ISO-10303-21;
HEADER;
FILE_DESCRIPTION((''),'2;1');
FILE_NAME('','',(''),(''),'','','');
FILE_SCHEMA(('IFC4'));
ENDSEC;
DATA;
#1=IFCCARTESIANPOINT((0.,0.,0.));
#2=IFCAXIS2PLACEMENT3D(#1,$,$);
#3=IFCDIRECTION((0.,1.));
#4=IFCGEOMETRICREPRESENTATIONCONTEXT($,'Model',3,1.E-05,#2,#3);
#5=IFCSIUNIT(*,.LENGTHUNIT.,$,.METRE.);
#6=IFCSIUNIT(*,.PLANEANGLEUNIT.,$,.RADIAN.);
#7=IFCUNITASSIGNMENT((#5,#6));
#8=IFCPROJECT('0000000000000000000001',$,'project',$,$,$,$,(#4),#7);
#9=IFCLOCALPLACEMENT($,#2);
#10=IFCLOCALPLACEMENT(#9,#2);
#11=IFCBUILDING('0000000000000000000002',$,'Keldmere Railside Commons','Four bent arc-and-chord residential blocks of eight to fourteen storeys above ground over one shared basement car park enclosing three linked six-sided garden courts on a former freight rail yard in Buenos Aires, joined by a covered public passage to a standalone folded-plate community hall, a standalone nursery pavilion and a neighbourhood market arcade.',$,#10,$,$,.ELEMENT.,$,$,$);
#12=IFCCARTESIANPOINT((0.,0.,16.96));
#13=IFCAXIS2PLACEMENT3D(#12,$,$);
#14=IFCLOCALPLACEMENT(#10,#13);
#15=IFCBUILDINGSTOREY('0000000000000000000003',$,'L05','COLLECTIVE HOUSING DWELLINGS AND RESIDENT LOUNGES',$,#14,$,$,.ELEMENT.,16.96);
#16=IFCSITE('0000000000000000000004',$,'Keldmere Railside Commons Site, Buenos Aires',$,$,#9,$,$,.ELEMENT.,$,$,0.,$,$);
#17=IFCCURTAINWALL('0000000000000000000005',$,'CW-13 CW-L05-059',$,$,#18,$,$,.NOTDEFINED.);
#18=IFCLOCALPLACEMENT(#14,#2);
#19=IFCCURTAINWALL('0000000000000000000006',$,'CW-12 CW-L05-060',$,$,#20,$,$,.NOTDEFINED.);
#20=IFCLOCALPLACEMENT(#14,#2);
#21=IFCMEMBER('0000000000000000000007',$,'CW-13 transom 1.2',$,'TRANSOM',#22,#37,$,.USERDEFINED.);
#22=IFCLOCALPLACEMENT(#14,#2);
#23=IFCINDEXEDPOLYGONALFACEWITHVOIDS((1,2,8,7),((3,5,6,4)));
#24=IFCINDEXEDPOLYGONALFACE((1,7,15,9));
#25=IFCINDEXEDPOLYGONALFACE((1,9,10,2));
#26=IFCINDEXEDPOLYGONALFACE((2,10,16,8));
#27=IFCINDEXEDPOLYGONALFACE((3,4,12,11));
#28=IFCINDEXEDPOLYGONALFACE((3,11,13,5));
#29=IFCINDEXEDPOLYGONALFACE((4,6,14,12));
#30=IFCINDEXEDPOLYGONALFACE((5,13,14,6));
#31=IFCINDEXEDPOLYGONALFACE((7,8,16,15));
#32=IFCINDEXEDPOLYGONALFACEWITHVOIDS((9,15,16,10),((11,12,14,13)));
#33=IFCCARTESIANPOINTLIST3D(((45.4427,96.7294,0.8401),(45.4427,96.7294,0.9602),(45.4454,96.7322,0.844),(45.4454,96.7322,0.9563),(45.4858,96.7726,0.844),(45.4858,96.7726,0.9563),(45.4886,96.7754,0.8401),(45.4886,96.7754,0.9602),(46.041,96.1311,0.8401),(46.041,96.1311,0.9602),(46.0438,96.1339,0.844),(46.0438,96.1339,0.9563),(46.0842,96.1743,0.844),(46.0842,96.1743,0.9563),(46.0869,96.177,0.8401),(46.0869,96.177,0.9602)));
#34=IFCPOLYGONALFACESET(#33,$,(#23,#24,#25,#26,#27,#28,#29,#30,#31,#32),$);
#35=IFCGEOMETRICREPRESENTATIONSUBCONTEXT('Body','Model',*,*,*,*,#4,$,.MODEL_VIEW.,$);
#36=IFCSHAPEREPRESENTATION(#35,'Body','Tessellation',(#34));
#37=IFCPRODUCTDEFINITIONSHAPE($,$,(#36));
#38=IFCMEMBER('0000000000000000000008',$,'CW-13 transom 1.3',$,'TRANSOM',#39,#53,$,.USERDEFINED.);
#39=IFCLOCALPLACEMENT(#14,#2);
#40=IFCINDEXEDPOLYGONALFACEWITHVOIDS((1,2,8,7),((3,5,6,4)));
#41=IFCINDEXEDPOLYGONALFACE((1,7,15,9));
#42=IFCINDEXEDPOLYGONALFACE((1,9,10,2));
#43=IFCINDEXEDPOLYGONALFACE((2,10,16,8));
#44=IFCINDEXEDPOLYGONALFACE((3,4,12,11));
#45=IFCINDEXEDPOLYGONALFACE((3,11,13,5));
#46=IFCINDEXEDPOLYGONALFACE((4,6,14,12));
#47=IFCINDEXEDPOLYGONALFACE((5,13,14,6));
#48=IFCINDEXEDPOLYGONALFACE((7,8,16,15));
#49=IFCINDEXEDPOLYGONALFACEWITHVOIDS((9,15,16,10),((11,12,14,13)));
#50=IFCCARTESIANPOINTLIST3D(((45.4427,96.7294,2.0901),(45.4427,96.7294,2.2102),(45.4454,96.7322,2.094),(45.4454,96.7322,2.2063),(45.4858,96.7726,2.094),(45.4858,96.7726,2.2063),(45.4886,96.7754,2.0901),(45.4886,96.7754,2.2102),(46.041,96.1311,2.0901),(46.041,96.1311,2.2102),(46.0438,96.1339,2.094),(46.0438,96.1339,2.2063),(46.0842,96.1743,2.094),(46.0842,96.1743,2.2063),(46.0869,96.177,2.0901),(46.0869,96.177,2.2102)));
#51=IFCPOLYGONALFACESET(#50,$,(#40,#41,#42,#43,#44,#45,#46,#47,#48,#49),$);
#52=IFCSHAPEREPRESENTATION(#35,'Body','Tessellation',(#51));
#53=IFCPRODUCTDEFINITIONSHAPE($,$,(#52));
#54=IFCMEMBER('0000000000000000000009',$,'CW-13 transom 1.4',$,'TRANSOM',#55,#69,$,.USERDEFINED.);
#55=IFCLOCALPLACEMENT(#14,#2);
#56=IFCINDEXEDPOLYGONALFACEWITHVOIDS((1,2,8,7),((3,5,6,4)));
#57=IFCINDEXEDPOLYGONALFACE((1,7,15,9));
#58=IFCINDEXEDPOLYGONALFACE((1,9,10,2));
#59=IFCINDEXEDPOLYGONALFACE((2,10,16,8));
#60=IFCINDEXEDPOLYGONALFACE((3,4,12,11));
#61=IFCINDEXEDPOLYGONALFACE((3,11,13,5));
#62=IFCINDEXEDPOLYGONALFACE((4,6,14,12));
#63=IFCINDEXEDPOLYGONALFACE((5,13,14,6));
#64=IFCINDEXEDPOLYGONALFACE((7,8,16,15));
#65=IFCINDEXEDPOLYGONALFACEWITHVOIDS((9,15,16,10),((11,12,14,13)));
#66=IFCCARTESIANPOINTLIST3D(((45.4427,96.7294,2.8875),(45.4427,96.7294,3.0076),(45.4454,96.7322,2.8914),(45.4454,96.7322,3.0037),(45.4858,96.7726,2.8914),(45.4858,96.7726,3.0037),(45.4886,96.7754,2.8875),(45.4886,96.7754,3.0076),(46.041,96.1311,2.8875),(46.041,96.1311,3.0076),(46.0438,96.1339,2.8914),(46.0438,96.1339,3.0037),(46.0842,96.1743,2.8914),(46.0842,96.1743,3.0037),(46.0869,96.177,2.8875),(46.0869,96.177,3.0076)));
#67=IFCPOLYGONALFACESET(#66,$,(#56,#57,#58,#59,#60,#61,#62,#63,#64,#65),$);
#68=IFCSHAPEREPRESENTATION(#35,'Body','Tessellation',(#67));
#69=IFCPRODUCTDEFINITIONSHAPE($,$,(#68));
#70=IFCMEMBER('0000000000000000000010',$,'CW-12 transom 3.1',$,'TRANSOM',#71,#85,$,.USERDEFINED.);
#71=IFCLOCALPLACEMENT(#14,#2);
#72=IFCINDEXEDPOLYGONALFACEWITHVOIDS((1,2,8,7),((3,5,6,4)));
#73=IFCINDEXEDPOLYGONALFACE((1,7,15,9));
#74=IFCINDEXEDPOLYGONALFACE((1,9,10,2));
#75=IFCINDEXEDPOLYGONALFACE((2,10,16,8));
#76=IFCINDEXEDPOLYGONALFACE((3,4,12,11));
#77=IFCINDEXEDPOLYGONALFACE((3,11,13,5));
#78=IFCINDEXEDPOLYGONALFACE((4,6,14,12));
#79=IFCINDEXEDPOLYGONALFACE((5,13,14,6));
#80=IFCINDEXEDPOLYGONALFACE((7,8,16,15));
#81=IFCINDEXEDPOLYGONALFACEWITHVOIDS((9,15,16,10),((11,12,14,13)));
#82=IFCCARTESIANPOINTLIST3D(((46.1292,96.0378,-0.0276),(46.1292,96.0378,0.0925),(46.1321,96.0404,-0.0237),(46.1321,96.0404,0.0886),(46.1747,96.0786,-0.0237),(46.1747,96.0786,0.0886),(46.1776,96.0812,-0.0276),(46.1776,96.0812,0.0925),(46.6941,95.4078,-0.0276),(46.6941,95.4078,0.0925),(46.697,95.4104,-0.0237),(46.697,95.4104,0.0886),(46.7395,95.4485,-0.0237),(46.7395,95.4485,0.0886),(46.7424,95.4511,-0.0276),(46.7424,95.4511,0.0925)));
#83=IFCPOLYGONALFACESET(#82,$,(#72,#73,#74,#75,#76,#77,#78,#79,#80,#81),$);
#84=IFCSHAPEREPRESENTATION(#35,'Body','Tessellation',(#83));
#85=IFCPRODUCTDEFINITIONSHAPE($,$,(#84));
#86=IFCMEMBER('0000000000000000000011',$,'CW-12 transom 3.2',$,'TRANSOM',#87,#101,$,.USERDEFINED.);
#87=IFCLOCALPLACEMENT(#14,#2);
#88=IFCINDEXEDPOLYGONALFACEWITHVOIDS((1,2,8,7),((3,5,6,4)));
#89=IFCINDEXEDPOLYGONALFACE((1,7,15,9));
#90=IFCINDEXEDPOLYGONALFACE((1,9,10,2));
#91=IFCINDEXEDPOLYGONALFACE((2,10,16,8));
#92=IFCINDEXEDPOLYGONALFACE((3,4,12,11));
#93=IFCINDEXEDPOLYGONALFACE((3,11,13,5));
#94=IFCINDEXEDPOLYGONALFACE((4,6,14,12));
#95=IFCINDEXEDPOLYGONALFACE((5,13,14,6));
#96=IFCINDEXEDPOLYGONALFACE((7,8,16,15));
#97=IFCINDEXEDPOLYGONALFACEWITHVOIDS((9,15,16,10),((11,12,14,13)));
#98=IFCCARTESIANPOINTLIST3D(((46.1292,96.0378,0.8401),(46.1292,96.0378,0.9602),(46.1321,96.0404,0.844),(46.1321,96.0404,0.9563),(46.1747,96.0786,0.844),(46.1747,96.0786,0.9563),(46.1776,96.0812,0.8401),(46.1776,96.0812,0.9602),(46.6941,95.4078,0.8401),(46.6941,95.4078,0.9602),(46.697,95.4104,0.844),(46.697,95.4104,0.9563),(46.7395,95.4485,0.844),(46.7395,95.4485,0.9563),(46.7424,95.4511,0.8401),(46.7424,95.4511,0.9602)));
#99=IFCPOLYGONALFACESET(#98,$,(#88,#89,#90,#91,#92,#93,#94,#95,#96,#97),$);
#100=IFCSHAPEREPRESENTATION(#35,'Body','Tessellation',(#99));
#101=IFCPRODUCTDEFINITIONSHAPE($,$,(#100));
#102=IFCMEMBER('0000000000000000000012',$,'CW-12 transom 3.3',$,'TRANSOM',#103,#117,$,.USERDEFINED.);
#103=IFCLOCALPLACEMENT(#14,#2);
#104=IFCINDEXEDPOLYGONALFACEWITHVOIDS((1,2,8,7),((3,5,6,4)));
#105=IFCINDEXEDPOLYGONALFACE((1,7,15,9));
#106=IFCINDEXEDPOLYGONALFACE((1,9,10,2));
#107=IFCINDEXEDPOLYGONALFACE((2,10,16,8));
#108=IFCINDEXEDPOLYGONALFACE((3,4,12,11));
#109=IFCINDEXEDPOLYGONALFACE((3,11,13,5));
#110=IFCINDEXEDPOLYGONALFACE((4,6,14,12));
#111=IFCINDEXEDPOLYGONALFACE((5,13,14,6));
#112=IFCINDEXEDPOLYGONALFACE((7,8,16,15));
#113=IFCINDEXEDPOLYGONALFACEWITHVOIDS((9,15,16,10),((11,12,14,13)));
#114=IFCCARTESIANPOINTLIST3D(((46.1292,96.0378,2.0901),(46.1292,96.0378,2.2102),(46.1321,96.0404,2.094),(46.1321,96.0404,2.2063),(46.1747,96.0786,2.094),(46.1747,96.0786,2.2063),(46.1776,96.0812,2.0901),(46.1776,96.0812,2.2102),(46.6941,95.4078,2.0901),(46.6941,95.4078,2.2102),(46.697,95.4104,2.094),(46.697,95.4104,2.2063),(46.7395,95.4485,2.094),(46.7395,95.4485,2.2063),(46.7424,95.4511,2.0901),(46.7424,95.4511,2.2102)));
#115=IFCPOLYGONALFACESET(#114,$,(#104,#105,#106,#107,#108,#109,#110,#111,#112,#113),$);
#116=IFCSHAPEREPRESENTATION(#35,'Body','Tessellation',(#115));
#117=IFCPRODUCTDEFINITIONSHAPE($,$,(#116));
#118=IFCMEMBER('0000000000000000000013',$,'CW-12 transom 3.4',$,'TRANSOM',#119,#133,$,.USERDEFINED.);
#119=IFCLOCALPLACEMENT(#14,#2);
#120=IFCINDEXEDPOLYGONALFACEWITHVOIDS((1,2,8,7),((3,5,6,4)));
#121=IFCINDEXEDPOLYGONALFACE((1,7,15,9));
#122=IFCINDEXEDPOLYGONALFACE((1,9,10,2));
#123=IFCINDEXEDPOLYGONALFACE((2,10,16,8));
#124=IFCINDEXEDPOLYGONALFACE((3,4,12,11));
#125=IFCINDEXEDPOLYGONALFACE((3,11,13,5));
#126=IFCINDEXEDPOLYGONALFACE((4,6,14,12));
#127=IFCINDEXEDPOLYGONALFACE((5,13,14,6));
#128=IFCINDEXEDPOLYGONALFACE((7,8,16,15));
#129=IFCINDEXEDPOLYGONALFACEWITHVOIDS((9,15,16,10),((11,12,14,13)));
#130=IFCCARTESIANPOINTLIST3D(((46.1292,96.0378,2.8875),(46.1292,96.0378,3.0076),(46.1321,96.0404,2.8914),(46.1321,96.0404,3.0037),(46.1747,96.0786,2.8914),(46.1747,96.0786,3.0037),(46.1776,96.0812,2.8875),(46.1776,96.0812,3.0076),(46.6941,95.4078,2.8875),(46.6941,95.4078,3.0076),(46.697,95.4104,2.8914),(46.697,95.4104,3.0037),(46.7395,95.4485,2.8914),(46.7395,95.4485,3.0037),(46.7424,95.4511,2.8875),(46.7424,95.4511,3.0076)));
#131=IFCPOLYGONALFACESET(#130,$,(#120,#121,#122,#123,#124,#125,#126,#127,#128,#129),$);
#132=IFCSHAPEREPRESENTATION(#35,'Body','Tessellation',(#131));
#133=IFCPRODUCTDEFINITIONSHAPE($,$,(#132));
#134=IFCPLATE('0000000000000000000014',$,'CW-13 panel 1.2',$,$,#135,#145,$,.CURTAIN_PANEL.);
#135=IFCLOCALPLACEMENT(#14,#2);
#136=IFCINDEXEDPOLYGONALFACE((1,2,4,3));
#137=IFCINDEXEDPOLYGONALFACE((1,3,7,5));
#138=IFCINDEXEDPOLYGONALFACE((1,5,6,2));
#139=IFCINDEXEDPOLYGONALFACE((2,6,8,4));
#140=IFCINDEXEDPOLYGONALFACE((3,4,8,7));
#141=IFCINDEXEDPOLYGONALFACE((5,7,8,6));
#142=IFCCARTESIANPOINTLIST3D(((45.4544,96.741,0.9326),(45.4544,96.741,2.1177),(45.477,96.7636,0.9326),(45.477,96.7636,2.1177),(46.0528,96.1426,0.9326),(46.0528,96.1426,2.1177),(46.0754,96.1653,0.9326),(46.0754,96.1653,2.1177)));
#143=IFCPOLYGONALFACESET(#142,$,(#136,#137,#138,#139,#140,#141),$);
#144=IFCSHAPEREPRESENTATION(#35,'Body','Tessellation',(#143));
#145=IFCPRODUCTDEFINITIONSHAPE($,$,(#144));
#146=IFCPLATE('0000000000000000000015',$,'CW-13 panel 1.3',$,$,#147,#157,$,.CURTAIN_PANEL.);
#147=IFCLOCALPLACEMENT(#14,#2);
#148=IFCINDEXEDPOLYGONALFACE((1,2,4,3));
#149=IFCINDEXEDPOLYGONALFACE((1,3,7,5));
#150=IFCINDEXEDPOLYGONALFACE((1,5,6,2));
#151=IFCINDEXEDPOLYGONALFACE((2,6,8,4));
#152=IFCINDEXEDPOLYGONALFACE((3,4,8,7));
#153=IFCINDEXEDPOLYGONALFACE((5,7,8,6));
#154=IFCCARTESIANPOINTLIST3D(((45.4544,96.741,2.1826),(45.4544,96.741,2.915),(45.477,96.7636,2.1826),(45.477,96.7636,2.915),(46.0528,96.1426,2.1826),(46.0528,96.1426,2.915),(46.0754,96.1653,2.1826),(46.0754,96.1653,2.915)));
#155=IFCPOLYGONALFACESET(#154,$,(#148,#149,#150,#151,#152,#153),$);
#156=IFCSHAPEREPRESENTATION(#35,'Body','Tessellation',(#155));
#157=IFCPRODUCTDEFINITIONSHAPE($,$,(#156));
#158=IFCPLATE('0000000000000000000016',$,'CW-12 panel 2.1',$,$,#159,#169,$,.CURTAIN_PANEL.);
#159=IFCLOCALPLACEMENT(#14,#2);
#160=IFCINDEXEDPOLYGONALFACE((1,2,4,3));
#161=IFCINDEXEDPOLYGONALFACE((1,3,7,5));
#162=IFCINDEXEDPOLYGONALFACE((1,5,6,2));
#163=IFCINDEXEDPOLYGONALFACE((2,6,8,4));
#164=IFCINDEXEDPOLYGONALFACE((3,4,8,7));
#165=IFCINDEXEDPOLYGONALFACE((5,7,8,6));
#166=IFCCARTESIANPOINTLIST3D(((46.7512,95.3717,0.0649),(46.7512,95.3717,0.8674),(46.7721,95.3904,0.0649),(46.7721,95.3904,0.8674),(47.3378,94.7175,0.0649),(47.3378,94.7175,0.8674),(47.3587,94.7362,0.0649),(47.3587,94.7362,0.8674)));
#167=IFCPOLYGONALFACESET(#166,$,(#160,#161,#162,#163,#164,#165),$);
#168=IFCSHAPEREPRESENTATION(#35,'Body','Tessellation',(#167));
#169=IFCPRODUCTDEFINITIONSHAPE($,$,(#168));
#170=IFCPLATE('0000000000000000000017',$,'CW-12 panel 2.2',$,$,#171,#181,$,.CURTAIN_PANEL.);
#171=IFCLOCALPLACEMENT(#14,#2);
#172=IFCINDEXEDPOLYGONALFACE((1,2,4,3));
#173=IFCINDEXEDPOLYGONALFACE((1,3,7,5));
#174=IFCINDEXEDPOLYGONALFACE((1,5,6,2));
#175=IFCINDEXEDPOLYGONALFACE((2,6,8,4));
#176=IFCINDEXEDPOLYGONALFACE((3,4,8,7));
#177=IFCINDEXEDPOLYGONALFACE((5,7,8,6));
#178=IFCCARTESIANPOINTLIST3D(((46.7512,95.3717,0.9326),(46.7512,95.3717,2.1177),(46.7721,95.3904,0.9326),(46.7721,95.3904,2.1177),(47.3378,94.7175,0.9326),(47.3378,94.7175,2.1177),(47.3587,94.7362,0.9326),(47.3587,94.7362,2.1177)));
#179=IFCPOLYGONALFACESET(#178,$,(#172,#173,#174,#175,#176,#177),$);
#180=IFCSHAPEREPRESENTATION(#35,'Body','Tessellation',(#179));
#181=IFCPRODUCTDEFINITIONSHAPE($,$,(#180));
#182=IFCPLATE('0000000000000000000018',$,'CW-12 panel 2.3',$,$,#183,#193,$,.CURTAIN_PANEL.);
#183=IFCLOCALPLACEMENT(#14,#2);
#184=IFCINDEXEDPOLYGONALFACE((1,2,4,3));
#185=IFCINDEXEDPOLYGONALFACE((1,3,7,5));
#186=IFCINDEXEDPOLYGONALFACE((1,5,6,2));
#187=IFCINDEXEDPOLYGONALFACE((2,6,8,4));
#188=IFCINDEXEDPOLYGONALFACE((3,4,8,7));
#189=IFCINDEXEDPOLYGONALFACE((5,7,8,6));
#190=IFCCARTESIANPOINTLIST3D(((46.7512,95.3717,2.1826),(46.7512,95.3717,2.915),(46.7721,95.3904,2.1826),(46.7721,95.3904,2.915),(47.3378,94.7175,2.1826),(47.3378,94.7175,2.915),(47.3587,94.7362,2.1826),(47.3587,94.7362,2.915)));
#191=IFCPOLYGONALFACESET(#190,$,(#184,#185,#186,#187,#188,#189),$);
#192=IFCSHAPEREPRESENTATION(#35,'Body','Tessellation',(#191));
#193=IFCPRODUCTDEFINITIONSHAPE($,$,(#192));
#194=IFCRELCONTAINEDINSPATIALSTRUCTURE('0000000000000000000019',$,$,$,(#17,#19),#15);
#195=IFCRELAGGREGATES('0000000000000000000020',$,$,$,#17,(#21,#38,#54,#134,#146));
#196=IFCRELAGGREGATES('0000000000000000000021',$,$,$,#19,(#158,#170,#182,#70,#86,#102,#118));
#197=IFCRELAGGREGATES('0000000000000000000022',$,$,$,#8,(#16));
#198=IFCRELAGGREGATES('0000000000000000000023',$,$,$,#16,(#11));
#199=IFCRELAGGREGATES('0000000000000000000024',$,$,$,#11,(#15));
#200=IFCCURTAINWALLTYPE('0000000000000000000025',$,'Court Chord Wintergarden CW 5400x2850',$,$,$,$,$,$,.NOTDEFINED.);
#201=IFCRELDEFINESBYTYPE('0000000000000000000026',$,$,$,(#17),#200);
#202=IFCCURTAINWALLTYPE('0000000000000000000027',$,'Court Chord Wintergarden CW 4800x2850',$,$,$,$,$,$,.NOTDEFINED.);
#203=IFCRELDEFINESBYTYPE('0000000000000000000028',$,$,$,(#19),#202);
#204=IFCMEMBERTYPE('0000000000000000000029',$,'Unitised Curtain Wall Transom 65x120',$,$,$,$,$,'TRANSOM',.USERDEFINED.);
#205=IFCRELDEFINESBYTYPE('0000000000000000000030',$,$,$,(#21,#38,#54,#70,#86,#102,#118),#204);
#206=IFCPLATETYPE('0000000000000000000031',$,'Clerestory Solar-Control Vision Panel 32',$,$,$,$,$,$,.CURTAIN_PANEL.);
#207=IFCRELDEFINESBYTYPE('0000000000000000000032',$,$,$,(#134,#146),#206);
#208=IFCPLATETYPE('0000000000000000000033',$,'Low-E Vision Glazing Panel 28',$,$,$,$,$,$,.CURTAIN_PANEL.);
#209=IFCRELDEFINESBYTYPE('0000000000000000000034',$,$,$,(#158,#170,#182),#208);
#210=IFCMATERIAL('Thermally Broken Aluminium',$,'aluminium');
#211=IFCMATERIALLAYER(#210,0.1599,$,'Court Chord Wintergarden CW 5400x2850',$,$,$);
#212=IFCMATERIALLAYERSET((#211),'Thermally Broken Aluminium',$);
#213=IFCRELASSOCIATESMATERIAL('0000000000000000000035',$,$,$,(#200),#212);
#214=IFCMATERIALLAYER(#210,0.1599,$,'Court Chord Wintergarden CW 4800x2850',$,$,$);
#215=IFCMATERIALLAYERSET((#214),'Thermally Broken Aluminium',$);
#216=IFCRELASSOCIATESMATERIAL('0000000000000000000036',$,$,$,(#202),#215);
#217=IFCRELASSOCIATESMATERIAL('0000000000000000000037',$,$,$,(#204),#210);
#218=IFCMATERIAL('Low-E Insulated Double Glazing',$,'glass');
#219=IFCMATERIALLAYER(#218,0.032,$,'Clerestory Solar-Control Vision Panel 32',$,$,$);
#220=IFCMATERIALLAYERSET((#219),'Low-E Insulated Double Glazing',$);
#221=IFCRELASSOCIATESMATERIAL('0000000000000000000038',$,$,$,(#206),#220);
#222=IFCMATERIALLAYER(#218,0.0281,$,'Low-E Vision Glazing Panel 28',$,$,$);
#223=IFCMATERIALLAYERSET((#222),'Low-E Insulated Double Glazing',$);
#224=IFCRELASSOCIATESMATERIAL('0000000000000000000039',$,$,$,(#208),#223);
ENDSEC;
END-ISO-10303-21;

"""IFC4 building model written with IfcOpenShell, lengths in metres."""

from ifc_helpers import new_model, si_unit, direction, frame, origin, origin_2d, place, context, subcontext, project, spatial, rectangle, hollow_rectangle, extrude, material, layer, layer_set, material_profile, profile_set, type_object, element, aggregate, save


model = new_model("IFC4")

# Units and contexts
model_context = context("Model", 3, precision=1e-05, world=origin(), true_north=direction((0.0, 1.0)))
body_context = subcontext(model_context, "Body", "Model", "MODEL_VIEW")
ifc_project = project(units=[si_unit("LENGTHUNIT", "METRE"), si_unit("PLANEANGLEUNIT", "RADIAN")], contexts=[model_context])

# Site, building, storey
site_placement = place(None, origin())
site = spatial("IfcSite", under=ifc_project, at=site_placement, Name="Keldmere Railside Commons Site, Buenos Aires", CompositionType="ELEMENT", RefElevation=0.0)
building_placement = place(site_placement, origin())
building = spatial("IfcBuilding", under=site, at=building_placement, Name="Keldmere Railside Commons", Description="Four bent arc-and-chord residential blocks of eight to fourteen storeys above ground over one shared basement car park enclosing three linked six-sided garden courts on a former freight rail yard in Buenos Aires, joined by a covered public passage to a standalone folded-plate community hall, a standalone nursery pavilion and a neighbourhood market arcade.", CompositionType="ELEMENT")
storey_placement = place(building_placement, frame((0.0, 0.0, 16.96)))
storey = spatial("IfcBuildingStorey", under=building, at=storey_placement, Name="L05", Description="COLLECTIVE HOUSING DWELLINGS AND RESIDENT LOUNGES", CompositionType="ELEMENT", Elevation=16.96)

# Curtain wall
ifc_material_1 = material(Name="Thermally Broken Aluminium", Category="aluminium")
ifc_layer_1 = layer(ifc_material_1, 0.1599, Name="Court Chord Wintergarden CW 5400x2850")
ifc_layer_set_1 = layer_set([ifc_layer_1], Name="Thermally Broken Aluminium")
curtain_wall_type_1 = type_object("IfcCurtainWallType", Name="Court Chord Wintergarden CW 5400x2850", PredefinedType="NOTDEFINED", material=ifc_layer_set_1)
curtain_wall_1_placement = place(storey_placement, origin())
curtain_wall_1 = element("IfcCurtainWall", 1, at=curtain_wall_1_placement, inside=storey, type_object=curtain_wall_type_1, Name="CW-13 CW-L05-059", PredefinedType="NOTDEFINED")

# Curtain wall
ifc_layer_2 = layer(ifc_material_1, 0.1599, Name="Court Chord Wintergarden CW 4800x2850")
ifc_layer_set_2 = layer_set([ifc_layer_2], Name="Thermally Broken Aluminium")
curtain_wall_type_2 = type_object("IfcCurtainWallType", Name="Court Chord Wintergarden CW 4800x2850", PredefinedType="NOTDEFINED", material=ifc_layer_set_2)
curtain_wall_2_placement = place(storey_placement, origin())
curtain_wall_2 = element("IfcCurtainWall", 2, at=curtain_wall_2_placement, inside=storey, type_object=curtain_wall_type_2, Name="CW-12 CW-L05-060", PredefinedType="NOTDEFINED")

# Members
ifc_material_profile_1 = material_profile(ifc_material_1, hollow_rectangle(XDim=0.0649, YDim=0.1201, WallThickness=0.0039, at=origin_2d()), Name="ALU-TRAN-65x120")
ifc_profile_set_1 = profile_set([ifc_material_profile_1], Name="Thermally Broken Aluminium")
member_type_1 = type_object("IfcMemberType", Name="Unitised Curtain Wall Transom 65x120", ElementType="TRANSOM", PredefinedType="USERDEFINED", material=ifc_profile_set_1)
member_1_placement = place(storey_placement, frame((46.064, 96.1541, 0.9001), z_axis=(-0.707107, 0.707107, 0.0), x_axis=(-0.707107, -0.707107, 0.0)))
member_1 = element("IfcMember", 3, at=member_1_placement, type_object=member_type_1, Name="CW-13 transom 1.2", ObjectType="TRANSOM", PredefinedType="USERDEFINED", context=body_context, shape_type="SweptSolid", body=[
    extrude(hollow_rectangle(XDim=0.0649, YDim=0.1201, WallThickness=0.0039, at=origin_2d()), origin(), (0.0, 0.0, 1.0), 0.8462),
])
member_2_placement = place(storey_placement, frame((46.064, 96.1541, 2.1501), z_axis=(-0.707107, 0.707107, 0.0), x_axis=(-0.707107, -0.707107, 0.0)))
member_2 = element("IfcMember", 4, at=member_2_placement, type_object=member_type_1, Name="CW-13 transom 1.3", ObjectType="TRANSOM", PredefinedType="USERDEFINED", context=body_context, shape_type="SweptSolid", body=[
    extrude(hollow_rectangle(XDim=0.0649, YDim=0.1201, WallThickness=0.0039, at=origin_2d()), origin(), (0.0, 0.0, 1.0), 0.8462),
])
member_3_placement = place(storey_placement, frame((46.064, 96.1541, 2.9475), z_axis=(-0.707107, 0.707107, 0.0), x_axis=(-0.707107, -0.707107, 0.0)))
member_3 = element("IfcMember", 5, at=member_3_placement, type_object=member_type_1, Name="CW-13 transom 1.4", ObjectType="TRANSOM", PredefinedType="USERDEFINED", context=body_context, shape_type="SweptSolid", body=[
    extrude(hollow_rectangle(XDim=0.0649, YDim=0.1201, WallThickness=0.0039, at=origin_2d()), origin(), (0.0, 0.0, 1.0), 0.8462),
])
member_4_placement = place(storey_placement, frame((46.7183, 95.4294, 0.0325), z_axis=(-0.667545, 0.744569, 0.0), x_axis=(-0.744569, -0.667545, 0.0)))
member_4 = element("IfcMember", 6, at=member_4_placement, type_object=member_type_1, Name="CW-12 transom 3.1", ObjectType="TRANSOM", PredefinedType="USERDEFINED", context=body_context, shape_type="SweptSolid", body=[
    extrude(hollow_rectangle(XDim=0.0649, YDim=0.1201, WallThickness=0.0039, at=origin_2d()), origin(), (0.0, 0.0, 1.0), 0.8462),
])
member_5_placement = place(storey_placement, frame((46.7183, 95.4294, 0.9001), z_axis=(-0.667545, 0.744569, 0.0), x_axis=(-0.744569, -0.667545, 0.0)))
member_5 = element("IfcMember", 7, at=member_5_placement, type_object=member_type_1, Name="CW-12 transom 3.2", ObjectType="TRANSOM", PredefinedType="USERDEFINED", context=body_context, shape_type="SweptSolid", body=[
    extrude(hollow_rectangle(XDim=0.0649, YDim=0.1201, WallThickness=0.0039, at=origin_2d()), origin(), (0.0, 0.0, 1.0), 0.8462),
])
member_6_placement = place(storey_placement, frame((46.7183, 95.4294, 2.1501), z_axis=(-0.667545, 0.744569, 0.0), x_axis=(-0.744569, -0.667545, 0.0)))
member_6 = element("IfcMember", 8, at=member_6_placement, type_object=member_type_1, Name="CW-12 transom 3.3", ObjectType="TRANSOM", PredefinedType="USERDEFINED", context=body_context, shape_type="SweptSolid", body=[
    extrude(hollow_rectangle(XDim=0.0649, YDim=0.1201, WallThickness=0.0039, at=origin_2d()), origin(), (0.0, 0.0, 1.0), 0.8462),
])
member_7_placement = place(storey_placement, frame((46.7183, 95.4294, 2.9475), z_axis=(-0.667545, 0.744569, 0.0), x_axis=(-0.744569, -0.667545, 0.0)))
member_7 = element("IfcMember", 9, at=member_7_placement, type_object=member_type_1, Name="CW-12 transom 3.4", ObjectType="TRANSOM", PredefinedType="USERDEFINED", context=body_context, shape_type="SweptSolid", body=[
    extrude(hollow_rectangle(XDim=0.0649, YDim=0.1201, WallThickness=0.0039, at=origin_2d()), origin(), (0.0, 0.0, 1.0), 0.8462),
])

# Plates
ifc_material_2 = material(Name="Low-E Insulated Double Glazing", Category="glass")
ifc_layer_3 = layer(ifc_material_2, 0.032, Name="Clerestory Solar-Control Vision Panel 32")
ifc_layer_set_3 = layer_set([ifc_layer_3], Name="Low-E Insulated Double Glazing")
plate_type_1 = type_object("IfcPlateType", Name="Clerestory Solar-Control Vision Panel 32", PredefinedType="CURTAIN_PANEL", material=ifc_layer_set_3)
plate_1_placement = place(storey_placement, frame((45.7649, 96.4531, 0.9326), z_axis=(0.0, 0.0, 1.0), x_axis=(-0.707107, 0.707107, 0.0)))
plate_1 = element("IfcPlate", 10, at=plate_1_placement, type_object=plate_type_1, Name="CW-13 panel 1.2", PredefinedType="CURTAIN_PANEL", context=body_context, shape_type="SweptSolid", body=[
    extrude(rectangle(XDim=0.8462, YDim=0.032, at=origin_2d()), origin(), (0.0, 0.0, 1.0), 1.1851),
])
plate_2_placement = place(storey_placement, frame((45.7649, 96.4531, 2.1826), z_axis=(0.0, 0.0, 1.0), x_axis=(-0.707107, 0.707107, 0.0)))
plate_2 = element("IfcPlate", 11, at=plate_2_placement, type_object=plate_type_1, Name="CW-13 panel 1.3", PredefinedType="CURTAIN_PANEL", context=body_context, shape_type="SweptSolid", body=[
    extrude(rectangle(XDim=0.8462, YDim=0.032, at=origin_2d()), origin(), (0.0, 0.0, 1.0), 0.7324),
])
aggregate(curtain_wall_1, [member_1, member_2, member_3, plate_1, plate_2])
ifc_layer_4 = layer(ifc_material_2, 0.0281, Name="Low-E Vision Glazing Panel 28")
ifc_layer_set_4 = layer_set([ifc_layer_4], Name="Low-E Insulated Double Glazing")
plate_type_2 = type_object("IfcPlateType", Name="Low-E Vision Glazing Panel 28", PredefinedType="CURTAIN_PANEL", material=ifc_layer_set_4)
plate_3_placement = place(storey_placement, frame((47.0549, 95.054, 0.0649), z_axis=(0.0, 0.0, 1.0), x_axis=(-0.667559, 0.744557, 0.0)))
plate_3 = element("IfcPlate", 12, at=plate_3_placement, type_object=plate_type_2, Name="CW-12 panel 2.1", PredefinedType="CURTAIN_PANEL", context=body_context, shape_type="SweptSolid", body=[
    extrude(rectangle(XDim=0.8787, YDim=0.0281, at=origin_2d()), origin(), (0.0, 0.0, 1.0), 0.8025),
])
plate_4_placement = place(storey_placement, frame((47.0549, 95.054, 0.9326), z_axis=(0.0, 0.0, 1.0), x_axis=(-0.667559, 0.744557, 0.0)))
plate_4 = element("IfcPlate", 13, at=plate_4_placement, type_object=plate_type_2, Name="CW-12 panel 2.2", PredefinedType="CURTAIN_PANEL", context=body_context, shape_type="SweptSolid", body=[
    extrude(rectangle(XDim=0.8787, YDim=0.0281, at=origin_2d()), origin(), (0.0, 0.0, 1.0), 1.1851),
])
plate_5_placement = place(storey_placement, frame((47.0549, 95.054, 2.1826), z_axis=(0.0, 0.0, 1.0), x_axis=(-0.667559, 0.744557, 0.0)))
plate_5 = element("IfcPlate", 14, at=plate_5_placement, type_object=plate_type_2, Name="CW-12 panel 2.3", PredefinedType="CURTAIN_PANEL", context=body_context, shape_type="SweptSolid", body=[
    extrude(rectangle(XDim=0.8787, YDim=0.0281, at=origin_2d()), origin(), (0.0, 0.0, 1.0), 0.7324),
])
aggregate(curtain_wall_2, [plate_3, plate_4, plate_5, member_4, member_5, member_6, member_7])

save(model, "model.ifc")
